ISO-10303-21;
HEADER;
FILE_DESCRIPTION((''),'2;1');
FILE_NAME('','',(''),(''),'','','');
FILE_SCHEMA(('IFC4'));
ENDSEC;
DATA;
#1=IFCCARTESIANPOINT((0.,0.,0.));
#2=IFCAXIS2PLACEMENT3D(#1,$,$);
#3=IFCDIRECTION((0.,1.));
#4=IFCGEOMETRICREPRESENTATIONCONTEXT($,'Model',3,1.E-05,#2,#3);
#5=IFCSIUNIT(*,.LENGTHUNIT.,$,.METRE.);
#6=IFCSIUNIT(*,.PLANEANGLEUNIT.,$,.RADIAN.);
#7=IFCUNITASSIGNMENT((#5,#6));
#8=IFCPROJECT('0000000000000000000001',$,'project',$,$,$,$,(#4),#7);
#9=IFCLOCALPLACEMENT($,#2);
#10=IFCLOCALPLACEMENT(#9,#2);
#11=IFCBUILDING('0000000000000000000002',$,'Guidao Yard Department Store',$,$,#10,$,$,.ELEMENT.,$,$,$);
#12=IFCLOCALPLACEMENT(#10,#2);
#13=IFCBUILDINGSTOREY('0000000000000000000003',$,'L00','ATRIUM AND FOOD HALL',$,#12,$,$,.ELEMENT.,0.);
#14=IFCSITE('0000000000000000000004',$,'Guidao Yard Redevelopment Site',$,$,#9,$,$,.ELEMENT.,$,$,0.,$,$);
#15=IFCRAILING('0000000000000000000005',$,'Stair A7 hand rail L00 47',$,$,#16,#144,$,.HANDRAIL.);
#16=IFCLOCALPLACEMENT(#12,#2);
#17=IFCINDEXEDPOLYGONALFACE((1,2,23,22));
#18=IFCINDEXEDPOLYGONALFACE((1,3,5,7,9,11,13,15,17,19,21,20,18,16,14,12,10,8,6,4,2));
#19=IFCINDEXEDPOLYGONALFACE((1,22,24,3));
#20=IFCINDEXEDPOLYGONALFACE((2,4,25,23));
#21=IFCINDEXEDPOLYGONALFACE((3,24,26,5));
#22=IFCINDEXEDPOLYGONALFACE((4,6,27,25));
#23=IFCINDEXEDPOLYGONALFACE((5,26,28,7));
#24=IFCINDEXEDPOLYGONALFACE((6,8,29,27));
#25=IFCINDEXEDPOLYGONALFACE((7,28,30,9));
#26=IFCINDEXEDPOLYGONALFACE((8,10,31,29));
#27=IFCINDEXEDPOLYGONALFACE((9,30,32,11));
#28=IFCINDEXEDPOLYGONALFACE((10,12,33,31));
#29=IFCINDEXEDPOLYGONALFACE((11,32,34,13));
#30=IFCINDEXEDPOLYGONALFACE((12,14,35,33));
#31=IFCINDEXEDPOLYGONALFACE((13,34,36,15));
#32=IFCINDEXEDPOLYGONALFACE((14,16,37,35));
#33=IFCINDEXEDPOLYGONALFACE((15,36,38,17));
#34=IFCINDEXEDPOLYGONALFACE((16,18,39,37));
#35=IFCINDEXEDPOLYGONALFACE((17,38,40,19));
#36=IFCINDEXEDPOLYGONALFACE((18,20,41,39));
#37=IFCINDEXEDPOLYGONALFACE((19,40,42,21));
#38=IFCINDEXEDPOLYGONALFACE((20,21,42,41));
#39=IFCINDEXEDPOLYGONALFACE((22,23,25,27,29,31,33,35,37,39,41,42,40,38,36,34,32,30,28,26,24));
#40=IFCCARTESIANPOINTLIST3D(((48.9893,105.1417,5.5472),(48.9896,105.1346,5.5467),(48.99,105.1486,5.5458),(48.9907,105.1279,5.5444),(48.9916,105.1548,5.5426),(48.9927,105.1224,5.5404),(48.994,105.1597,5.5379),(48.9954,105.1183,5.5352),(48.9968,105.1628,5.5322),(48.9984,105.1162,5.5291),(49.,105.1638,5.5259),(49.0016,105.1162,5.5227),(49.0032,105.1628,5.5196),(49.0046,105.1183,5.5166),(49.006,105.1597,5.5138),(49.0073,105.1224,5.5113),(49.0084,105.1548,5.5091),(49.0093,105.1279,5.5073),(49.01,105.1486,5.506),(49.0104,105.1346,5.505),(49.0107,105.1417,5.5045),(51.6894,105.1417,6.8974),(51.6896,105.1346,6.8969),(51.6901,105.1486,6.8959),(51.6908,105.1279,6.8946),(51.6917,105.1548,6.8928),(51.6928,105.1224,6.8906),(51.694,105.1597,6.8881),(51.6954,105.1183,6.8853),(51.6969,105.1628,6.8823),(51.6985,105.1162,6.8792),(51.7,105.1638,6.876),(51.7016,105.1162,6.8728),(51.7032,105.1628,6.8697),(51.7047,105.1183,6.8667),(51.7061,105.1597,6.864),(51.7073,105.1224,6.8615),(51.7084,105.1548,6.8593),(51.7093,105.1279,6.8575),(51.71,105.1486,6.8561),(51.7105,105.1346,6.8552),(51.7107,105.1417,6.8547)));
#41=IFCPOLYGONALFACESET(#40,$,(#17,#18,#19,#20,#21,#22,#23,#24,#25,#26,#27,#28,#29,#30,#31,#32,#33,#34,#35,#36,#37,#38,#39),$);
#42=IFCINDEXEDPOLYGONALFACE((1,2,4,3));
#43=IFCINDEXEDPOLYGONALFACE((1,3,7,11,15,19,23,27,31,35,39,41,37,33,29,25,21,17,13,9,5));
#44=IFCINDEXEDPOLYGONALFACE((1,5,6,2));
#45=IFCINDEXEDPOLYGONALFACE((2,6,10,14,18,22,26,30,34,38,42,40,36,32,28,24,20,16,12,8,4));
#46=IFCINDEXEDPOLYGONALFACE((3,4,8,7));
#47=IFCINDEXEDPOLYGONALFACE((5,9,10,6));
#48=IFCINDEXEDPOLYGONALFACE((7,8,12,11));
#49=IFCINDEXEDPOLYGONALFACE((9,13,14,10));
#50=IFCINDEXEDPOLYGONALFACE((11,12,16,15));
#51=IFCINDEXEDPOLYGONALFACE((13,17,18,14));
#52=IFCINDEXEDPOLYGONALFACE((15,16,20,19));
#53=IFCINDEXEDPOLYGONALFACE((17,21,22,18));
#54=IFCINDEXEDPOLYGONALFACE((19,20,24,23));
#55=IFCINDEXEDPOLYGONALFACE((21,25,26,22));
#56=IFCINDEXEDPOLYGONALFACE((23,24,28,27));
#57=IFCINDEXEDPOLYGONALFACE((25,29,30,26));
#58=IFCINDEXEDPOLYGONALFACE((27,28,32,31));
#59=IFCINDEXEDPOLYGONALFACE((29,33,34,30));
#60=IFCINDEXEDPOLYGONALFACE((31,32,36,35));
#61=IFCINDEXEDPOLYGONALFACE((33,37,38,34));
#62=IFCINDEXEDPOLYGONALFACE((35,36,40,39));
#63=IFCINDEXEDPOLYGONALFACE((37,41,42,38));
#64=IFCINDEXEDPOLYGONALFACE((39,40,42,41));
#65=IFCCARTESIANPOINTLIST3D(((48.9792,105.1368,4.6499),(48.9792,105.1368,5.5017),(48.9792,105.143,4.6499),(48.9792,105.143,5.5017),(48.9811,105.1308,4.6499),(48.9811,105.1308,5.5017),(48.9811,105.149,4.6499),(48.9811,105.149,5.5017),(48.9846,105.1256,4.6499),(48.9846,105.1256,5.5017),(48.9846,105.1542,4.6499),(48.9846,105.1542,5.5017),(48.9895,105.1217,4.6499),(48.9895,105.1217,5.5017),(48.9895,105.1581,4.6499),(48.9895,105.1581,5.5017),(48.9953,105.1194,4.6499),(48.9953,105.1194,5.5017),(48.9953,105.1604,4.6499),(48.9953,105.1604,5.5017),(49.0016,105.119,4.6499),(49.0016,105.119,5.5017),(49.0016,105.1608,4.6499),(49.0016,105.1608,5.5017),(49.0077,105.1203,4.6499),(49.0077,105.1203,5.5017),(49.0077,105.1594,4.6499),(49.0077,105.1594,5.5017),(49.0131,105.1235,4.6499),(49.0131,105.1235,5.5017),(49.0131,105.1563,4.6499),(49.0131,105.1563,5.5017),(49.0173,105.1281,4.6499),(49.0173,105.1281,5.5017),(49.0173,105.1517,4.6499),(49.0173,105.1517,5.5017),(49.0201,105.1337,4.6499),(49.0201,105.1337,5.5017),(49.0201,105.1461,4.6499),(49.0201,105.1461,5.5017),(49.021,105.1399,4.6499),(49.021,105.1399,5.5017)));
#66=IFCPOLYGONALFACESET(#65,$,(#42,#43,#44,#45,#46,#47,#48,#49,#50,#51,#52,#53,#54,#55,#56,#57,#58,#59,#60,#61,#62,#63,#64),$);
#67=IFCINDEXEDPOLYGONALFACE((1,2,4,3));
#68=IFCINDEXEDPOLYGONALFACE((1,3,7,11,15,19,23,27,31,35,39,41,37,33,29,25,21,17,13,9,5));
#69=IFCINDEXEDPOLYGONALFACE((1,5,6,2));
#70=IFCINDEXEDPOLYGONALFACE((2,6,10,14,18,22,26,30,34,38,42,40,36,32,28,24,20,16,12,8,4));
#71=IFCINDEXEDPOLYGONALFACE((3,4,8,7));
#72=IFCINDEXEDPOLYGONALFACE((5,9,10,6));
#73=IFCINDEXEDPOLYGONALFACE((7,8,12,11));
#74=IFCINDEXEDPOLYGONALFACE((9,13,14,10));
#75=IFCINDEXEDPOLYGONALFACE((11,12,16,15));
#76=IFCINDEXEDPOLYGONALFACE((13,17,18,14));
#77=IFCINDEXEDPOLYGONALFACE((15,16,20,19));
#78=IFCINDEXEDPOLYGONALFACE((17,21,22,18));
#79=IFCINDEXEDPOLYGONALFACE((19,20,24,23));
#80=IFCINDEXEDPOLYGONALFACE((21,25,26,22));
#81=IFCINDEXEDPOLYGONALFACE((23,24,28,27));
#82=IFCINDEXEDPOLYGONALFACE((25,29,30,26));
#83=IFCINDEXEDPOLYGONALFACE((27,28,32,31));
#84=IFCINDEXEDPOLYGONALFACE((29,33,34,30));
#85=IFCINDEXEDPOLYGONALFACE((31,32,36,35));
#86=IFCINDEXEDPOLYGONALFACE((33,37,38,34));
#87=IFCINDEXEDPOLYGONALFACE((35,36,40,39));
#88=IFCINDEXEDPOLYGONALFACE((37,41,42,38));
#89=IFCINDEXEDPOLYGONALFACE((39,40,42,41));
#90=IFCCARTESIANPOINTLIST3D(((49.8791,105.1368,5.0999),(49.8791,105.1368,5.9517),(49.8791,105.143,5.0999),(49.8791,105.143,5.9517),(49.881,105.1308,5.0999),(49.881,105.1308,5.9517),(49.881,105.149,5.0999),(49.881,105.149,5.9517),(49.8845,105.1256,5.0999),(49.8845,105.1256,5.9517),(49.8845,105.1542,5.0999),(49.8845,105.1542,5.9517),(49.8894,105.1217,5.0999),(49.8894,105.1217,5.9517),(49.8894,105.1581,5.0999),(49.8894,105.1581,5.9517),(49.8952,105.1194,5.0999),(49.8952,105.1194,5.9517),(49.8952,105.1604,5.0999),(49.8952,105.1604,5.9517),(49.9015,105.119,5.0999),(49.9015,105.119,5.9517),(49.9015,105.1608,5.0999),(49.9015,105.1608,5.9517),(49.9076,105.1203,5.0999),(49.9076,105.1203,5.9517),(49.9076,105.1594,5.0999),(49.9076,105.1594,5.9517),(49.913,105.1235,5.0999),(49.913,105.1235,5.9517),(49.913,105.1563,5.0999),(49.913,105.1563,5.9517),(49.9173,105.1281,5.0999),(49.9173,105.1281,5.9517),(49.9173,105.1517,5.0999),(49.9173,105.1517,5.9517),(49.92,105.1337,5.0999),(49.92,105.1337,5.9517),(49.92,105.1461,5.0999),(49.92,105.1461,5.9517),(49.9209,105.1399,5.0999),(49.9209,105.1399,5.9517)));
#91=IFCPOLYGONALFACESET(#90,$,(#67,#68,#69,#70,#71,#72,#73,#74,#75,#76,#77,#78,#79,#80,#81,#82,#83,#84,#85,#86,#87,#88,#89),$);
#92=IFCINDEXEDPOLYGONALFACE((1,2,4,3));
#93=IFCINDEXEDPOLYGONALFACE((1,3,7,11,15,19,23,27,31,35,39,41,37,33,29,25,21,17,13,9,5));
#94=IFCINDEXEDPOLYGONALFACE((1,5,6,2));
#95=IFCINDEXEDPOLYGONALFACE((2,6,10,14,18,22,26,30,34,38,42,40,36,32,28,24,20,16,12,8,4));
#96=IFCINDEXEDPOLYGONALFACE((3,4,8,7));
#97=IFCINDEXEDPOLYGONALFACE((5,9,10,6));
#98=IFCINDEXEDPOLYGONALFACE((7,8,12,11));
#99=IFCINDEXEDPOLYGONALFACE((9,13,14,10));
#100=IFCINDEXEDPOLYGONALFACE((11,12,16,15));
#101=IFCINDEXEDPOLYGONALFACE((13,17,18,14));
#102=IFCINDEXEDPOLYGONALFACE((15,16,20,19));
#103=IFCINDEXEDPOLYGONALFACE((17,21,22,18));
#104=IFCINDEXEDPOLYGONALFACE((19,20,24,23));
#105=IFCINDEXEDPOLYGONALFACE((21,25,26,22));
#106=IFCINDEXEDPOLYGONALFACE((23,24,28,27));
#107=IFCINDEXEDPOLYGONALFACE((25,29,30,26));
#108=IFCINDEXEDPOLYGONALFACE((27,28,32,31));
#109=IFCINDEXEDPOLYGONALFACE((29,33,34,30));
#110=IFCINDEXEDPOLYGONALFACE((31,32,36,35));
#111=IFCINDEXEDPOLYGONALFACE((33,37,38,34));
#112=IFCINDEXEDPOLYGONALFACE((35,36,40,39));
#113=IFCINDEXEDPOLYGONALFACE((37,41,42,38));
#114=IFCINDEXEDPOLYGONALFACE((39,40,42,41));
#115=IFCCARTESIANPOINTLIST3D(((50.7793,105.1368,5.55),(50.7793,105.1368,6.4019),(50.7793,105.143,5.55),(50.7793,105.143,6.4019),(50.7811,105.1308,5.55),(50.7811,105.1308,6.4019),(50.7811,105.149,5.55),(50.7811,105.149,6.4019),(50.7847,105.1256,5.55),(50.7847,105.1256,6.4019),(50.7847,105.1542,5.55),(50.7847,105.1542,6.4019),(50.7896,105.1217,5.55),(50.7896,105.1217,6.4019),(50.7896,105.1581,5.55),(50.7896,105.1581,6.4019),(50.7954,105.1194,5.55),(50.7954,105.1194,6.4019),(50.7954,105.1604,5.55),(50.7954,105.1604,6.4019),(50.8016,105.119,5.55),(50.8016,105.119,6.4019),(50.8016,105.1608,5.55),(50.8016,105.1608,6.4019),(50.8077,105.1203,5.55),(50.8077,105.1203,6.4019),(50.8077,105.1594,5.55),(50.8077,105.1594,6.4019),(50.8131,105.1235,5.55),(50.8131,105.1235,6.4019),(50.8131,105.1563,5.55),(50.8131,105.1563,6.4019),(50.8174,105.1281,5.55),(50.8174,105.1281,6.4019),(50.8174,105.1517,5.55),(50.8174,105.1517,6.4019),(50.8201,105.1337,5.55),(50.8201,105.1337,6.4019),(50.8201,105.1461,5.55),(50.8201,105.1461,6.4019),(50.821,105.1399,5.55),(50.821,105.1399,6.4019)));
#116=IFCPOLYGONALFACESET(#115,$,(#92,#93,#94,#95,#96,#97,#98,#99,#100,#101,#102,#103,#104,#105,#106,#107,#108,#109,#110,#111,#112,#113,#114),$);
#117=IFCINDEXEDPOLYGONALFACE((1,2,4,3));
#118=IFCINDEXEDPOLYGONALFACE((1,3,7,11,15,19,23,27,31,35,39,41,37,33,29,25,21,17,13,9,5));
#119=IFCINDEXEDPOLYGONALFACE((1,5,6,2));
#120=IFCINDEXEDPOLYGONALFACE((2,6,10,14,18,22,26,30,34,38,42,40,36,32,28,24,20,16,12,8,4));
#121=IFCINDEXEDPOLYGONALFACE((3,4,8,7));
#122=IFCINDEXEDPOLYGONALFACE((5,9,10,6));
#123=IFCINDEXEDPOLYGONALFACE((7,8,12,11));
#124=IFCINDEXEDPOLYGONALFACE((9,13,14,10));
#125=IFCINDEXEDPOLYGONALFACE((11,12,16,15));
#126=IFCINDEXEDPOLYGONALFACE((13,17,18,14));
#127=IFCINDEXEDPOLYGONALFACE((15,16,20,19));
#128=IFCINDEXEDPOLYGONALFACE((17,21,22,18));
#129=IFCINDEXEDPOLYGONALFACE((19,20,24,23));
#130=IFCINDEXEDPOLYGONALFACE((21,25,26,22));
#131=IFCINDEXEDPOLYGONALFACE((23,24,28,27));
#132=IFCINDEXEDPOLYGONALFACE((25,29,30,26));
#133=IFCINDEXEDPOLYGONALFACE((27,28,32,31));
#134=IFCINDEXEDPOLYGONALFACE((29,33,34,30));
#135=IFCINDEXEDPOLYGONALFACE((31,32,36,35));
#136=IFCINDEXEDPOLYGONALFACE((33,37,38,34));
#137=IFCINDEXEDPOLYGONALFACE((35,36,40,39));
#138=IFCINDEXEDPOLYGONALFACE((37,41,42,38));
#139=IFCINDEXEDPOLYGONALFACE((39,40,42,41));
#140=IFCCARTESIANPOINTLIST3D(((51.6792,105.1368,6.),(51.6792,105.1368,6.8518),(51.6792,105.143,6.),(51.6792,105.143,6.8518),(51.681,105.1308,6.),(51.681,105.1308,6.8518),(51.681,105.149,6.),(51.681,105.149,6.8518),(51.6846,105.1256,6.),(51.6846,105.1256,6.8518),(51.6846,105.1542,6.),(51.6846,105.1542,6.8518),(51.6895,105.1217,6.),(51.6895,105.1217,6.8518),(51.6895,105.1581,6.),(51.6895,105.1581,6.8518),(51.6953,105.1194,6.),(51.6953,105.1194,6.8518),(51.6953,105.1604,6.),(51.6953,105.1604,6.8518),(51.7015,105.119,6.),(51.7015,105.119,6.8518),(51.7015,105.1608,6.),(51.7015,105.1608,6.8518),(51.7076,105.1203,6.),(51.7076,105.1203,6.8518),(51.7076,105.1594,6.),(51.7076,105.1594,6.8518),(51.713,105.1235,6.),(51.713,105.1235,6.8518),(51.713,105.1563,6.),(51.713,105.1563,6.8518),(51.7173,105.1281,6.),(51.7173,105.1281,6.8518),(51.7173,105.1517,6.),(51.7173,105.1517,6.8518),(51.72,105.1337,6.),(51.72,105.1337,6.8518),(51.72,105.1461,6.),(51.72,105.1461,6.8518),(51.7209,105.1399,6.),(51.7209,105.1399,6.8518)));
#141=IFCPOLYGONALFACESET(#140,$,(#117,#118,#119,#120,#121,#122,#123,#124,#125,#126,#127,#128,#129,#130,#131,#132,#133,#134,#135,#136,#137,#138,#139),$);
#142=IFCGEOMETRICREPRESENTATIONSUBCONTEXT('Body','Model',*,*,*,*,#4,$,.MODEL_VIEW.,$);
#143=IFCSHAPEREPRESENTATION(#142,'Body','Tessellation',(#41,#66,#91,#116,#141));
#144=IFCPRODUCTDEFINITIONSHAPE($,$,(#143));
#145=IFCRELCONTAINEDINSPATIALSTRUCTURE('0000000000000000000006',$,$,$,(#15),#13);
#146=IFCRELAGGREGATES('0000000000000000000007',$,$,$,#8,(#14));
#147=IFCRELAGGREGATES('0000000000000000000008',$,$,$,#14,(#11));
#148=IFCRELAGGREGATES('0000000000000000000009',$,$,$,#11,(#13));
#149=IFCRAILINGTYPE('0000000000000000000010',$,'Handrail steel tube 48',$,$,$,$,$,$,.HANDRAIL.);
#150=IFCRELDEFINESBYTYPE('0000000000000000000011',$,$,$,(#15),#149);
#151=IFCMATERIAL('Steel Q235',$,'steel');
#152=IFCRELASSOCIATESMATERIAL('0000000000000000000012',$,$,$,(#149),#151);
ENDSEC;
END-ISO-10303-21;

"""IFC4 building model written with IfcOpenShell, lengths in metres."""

from ifc_helpers import new_model, si_unit, direction, frame, origin, origin_2d, place, context, subcontext, project, spatial, circle, extrude, material, type_object, element, save


model = new_model("IFC4")

# Units and contexts
model_context = context("Model", 3, precision=1e-05, world=origin(), true_north=direction((0.0, 1.0)))
body_context = subcontext(model_context, "Body", "Model", "MODEL_VIEW")
ifc_project = project(units=[si_unit("LENGTHUNIT", "METRE"), si_unit("PLANEANGLEUNIT", "RADIAN")], contexts=[model_context])

# Site, building, storey
site_placement = place(None, origin())
site = spatial("IfcSite", under=ifc_project, at=site_placement, Name="Guidao Yard Redevelopment Site", CompositionType="ELEMENT", RefElevation=0.0)
building_placement = place(site_placement, origin())
building = spatial("IfcBuilding", under=site, at=building_placement, Name="Guidao Yard Department Store", CompositionType="ELEMENT")
storey_placement = place(building_placement, origin())
storey = spatial("IfcBuildingStorey", under=building, at=storey_placement, Name="L00", Description="ATRIUM AND FOOD HALL", CompositionType="ELEMENT", Elevation=0.0)

# Railing
ifc_material_1 = material(Name="Steel Q235", Category="steel")
railing_type_1 = type_object("IfcRailingType", Name="Handrail steel tube 48", PredefinedType="HANDRAIL", material=ifc_material_1)
for number, where, name in (
    (1, (49.0, 105.1399, 4.6499), "Stair A7 hand rail L00 47"),
):
    element("IfcRailing", number, at=place(storey_placement, frame(where)), inside=storey, type_object=railing_type_1, Name=name, PredefinedType="HANDRAIL", context=body_context, shape_type="SweptSolid", body=[
        extrude(circle(Radius=0.0239, at=origin_2d()), frame((0.0, 0.0, 0.876), z_axis=(0.894411, 0.0, 0.447246), x_axis=(0.0, 1.0, 0.0)), (0.0, 0.0, 1.0), 3.0188),
        extrude(circle(Radius=0.021, at=origin_2d()), origin(), (0.0, 0.0, 1.0), 0.8518),
        extrude(circle(Radius=0.021, at=origin_2d()), frame((0.8999, 0.0, 0.45)), (0.0, 0.0, 1.0), 0.8518),
        extrude(circle(Radius=0.021, at=origin_2d()), frame((1.8, 0.0, 0.9001)), (0.0, 0.0, 1.0), 0.8518),
        extrude(circle(Radius=0.021, at=origin_2d()), frame((2.7, 0.0, 1.3501)), (0.0, 0.0, 1.0), 0.8518),
    ])

save(model, "model.ifc")
